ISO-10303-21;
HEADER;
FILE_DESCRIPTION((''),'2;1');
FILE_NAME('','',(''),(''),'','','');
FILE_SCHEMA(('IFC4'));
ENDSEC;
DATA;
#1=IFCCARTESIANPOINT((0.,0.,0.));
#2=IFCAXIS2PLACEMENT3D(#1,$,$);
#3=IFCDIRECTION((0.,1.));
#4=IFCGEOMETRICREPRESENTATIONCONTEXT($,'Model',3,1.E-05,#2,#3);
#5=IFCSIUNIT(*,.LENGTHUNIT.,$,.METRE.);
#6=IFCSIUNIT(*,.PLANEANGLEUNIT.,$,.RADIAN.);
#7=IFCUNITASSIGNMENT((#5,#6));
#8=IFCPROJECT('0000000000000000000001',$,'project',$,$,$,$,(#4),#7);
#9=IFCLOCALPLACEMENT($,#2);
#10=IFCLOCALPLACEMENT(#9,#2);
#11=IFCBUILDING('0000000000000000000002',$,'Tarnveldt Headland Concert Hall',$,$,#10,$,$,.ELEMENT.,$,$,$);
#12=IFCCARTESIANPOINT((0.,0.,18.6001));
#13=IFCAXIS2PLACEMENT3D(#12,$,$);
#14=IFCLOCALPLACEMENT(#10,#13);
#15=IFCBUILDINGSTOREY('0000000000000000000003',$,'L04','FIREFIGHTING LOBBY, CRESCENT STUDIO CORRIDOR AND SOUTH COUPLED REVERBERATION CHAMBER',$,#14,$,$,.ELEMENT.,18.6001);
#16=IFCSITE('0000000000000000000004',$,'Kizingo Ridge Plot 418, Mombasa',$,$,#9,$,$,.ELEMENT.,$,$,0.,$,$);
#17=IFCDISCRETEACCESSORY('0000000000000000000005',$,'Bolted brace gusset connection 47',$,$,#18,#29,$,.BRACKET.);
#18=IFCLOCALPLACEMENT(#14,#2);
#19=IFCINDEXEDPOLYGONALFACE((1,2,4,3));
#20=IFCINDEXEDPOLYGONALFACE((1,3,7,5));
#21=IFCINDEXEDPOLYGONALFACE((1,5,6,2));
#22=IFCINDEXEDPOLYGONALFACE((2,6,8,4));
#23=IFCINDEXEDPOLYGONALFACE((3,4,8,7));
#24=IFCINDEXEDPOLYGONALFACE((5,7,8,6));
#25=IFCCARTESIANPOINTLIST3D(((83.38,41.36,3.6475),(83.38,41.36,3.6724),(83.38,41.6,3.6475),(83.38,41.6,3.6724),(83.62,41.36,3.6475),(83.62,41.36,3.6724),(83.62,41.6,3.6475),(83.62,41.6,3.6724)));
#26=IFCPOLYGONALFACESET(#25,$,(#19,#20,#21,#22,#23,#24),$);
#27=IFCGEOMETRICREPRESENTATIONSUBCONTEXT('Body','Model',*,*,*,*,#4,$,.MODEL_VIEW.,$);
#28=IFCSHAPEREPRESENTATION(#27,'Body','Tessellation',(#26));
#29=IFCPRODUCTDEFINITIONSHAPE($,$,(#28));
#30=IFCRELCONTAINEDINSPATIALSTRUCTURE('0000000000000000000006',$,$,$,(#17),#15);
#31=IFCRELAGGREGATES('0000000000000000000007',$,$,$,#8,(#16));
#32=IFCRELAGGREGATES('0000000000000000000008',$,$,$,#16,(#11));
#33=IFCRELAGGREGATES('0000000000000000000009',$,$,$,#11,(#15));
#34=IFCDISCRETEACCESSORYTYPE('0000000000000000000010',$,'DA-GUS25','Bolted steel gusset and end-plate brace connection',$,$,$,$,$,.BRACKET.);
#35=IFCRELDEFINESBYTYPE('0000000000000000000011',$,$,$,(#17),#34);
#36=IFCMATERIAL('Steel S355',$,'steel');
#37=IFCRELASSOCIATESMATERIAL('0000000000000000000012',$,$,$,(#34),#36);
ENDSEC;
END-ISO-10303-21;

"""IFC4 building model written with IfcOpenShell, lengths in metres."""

from ifc_helpers import new_model, si_unit, direction, frame, origin, origin_2d, place, context, subcontext, project, spatial, rectangle, extrude, material, type_object, element, save


model = new_model("IFC4")

# Units and contexts
model_context = context("Model", 3, precision=1e-05, world=origin(), true_north=direction((0.0, 1.0)))
body_context = subcontext(model_context, "Body", "Model", "MODEL_VIEW")
ifc_project = project(units=[si_unit("LENGTHUNIT", "METRE"), si_unit("PLANEANGLEUNIT", "RADIAN")], contexts=[model_context])

# Site, building, storey
site_placement = place(None, origin())
site = spatial("IfcSite", under=ifc_project, at=site_placement, Name="Kizingo Ridge Plot 418, Mombasa", CompositionType="ELEMENT", RefElevation=0.0)
building_placement = place(site_placement, origin())
building = spatial("IfcBuilding", under=site, at=building_placement, Name="Tarnveldt Headland Concert Hall", CompositionType="ELEMENT")
storey_placement = place(building_placement, frame((0.0, 0.0, 18.6001)))
storey = spatial("IfcBuildingStorey", under=building, at=storey_placement, Name="L04", Description="FIREFIGHTING LOBBY, CRESCENT STUDIO CORRIDOR AND SOUTH COUPLED REVERBERATION CHAMBER", CompositionType="ELEMENT", Elevation=18.6001)

# Shared definitions
ifc_material_1 = material(Name="Steel S355", Category="steel")

# Discrete accessory
discrete_accessory_type = type_object("IfcDiscreteAccessoryType", Name="DA-GUS25", Description="Bolted steel gusset and end-plate brace connection", PredefinedType="BRACKET", material=ifc_material_1)
for number, where, z_axis, x_axis, name in (
    (1, (83.5, 41.48, 3.6475), (0.0, 0.0, 1.0), (1.0, 0.0, 0.0), "Bolted brace gusset connection 47"),
):
    element("IfcDiscreteAccessory", number, at=place(storey_placement, frame(where, z_axis=z_axis, x_axis=x_axis)), inside=storey, type_object=discrete_accessory_type, Name=name, PredefinedType="BRACKET", context=body_context, shape_type="SweptSolid", body=[
        extrude(rectangle(XDim=0.24, YDim=0.24, at=origin_2d()), origin(), (0.0, 0.0, 1.0), 0.0249),
    ])

save(model, "model.ifc")
